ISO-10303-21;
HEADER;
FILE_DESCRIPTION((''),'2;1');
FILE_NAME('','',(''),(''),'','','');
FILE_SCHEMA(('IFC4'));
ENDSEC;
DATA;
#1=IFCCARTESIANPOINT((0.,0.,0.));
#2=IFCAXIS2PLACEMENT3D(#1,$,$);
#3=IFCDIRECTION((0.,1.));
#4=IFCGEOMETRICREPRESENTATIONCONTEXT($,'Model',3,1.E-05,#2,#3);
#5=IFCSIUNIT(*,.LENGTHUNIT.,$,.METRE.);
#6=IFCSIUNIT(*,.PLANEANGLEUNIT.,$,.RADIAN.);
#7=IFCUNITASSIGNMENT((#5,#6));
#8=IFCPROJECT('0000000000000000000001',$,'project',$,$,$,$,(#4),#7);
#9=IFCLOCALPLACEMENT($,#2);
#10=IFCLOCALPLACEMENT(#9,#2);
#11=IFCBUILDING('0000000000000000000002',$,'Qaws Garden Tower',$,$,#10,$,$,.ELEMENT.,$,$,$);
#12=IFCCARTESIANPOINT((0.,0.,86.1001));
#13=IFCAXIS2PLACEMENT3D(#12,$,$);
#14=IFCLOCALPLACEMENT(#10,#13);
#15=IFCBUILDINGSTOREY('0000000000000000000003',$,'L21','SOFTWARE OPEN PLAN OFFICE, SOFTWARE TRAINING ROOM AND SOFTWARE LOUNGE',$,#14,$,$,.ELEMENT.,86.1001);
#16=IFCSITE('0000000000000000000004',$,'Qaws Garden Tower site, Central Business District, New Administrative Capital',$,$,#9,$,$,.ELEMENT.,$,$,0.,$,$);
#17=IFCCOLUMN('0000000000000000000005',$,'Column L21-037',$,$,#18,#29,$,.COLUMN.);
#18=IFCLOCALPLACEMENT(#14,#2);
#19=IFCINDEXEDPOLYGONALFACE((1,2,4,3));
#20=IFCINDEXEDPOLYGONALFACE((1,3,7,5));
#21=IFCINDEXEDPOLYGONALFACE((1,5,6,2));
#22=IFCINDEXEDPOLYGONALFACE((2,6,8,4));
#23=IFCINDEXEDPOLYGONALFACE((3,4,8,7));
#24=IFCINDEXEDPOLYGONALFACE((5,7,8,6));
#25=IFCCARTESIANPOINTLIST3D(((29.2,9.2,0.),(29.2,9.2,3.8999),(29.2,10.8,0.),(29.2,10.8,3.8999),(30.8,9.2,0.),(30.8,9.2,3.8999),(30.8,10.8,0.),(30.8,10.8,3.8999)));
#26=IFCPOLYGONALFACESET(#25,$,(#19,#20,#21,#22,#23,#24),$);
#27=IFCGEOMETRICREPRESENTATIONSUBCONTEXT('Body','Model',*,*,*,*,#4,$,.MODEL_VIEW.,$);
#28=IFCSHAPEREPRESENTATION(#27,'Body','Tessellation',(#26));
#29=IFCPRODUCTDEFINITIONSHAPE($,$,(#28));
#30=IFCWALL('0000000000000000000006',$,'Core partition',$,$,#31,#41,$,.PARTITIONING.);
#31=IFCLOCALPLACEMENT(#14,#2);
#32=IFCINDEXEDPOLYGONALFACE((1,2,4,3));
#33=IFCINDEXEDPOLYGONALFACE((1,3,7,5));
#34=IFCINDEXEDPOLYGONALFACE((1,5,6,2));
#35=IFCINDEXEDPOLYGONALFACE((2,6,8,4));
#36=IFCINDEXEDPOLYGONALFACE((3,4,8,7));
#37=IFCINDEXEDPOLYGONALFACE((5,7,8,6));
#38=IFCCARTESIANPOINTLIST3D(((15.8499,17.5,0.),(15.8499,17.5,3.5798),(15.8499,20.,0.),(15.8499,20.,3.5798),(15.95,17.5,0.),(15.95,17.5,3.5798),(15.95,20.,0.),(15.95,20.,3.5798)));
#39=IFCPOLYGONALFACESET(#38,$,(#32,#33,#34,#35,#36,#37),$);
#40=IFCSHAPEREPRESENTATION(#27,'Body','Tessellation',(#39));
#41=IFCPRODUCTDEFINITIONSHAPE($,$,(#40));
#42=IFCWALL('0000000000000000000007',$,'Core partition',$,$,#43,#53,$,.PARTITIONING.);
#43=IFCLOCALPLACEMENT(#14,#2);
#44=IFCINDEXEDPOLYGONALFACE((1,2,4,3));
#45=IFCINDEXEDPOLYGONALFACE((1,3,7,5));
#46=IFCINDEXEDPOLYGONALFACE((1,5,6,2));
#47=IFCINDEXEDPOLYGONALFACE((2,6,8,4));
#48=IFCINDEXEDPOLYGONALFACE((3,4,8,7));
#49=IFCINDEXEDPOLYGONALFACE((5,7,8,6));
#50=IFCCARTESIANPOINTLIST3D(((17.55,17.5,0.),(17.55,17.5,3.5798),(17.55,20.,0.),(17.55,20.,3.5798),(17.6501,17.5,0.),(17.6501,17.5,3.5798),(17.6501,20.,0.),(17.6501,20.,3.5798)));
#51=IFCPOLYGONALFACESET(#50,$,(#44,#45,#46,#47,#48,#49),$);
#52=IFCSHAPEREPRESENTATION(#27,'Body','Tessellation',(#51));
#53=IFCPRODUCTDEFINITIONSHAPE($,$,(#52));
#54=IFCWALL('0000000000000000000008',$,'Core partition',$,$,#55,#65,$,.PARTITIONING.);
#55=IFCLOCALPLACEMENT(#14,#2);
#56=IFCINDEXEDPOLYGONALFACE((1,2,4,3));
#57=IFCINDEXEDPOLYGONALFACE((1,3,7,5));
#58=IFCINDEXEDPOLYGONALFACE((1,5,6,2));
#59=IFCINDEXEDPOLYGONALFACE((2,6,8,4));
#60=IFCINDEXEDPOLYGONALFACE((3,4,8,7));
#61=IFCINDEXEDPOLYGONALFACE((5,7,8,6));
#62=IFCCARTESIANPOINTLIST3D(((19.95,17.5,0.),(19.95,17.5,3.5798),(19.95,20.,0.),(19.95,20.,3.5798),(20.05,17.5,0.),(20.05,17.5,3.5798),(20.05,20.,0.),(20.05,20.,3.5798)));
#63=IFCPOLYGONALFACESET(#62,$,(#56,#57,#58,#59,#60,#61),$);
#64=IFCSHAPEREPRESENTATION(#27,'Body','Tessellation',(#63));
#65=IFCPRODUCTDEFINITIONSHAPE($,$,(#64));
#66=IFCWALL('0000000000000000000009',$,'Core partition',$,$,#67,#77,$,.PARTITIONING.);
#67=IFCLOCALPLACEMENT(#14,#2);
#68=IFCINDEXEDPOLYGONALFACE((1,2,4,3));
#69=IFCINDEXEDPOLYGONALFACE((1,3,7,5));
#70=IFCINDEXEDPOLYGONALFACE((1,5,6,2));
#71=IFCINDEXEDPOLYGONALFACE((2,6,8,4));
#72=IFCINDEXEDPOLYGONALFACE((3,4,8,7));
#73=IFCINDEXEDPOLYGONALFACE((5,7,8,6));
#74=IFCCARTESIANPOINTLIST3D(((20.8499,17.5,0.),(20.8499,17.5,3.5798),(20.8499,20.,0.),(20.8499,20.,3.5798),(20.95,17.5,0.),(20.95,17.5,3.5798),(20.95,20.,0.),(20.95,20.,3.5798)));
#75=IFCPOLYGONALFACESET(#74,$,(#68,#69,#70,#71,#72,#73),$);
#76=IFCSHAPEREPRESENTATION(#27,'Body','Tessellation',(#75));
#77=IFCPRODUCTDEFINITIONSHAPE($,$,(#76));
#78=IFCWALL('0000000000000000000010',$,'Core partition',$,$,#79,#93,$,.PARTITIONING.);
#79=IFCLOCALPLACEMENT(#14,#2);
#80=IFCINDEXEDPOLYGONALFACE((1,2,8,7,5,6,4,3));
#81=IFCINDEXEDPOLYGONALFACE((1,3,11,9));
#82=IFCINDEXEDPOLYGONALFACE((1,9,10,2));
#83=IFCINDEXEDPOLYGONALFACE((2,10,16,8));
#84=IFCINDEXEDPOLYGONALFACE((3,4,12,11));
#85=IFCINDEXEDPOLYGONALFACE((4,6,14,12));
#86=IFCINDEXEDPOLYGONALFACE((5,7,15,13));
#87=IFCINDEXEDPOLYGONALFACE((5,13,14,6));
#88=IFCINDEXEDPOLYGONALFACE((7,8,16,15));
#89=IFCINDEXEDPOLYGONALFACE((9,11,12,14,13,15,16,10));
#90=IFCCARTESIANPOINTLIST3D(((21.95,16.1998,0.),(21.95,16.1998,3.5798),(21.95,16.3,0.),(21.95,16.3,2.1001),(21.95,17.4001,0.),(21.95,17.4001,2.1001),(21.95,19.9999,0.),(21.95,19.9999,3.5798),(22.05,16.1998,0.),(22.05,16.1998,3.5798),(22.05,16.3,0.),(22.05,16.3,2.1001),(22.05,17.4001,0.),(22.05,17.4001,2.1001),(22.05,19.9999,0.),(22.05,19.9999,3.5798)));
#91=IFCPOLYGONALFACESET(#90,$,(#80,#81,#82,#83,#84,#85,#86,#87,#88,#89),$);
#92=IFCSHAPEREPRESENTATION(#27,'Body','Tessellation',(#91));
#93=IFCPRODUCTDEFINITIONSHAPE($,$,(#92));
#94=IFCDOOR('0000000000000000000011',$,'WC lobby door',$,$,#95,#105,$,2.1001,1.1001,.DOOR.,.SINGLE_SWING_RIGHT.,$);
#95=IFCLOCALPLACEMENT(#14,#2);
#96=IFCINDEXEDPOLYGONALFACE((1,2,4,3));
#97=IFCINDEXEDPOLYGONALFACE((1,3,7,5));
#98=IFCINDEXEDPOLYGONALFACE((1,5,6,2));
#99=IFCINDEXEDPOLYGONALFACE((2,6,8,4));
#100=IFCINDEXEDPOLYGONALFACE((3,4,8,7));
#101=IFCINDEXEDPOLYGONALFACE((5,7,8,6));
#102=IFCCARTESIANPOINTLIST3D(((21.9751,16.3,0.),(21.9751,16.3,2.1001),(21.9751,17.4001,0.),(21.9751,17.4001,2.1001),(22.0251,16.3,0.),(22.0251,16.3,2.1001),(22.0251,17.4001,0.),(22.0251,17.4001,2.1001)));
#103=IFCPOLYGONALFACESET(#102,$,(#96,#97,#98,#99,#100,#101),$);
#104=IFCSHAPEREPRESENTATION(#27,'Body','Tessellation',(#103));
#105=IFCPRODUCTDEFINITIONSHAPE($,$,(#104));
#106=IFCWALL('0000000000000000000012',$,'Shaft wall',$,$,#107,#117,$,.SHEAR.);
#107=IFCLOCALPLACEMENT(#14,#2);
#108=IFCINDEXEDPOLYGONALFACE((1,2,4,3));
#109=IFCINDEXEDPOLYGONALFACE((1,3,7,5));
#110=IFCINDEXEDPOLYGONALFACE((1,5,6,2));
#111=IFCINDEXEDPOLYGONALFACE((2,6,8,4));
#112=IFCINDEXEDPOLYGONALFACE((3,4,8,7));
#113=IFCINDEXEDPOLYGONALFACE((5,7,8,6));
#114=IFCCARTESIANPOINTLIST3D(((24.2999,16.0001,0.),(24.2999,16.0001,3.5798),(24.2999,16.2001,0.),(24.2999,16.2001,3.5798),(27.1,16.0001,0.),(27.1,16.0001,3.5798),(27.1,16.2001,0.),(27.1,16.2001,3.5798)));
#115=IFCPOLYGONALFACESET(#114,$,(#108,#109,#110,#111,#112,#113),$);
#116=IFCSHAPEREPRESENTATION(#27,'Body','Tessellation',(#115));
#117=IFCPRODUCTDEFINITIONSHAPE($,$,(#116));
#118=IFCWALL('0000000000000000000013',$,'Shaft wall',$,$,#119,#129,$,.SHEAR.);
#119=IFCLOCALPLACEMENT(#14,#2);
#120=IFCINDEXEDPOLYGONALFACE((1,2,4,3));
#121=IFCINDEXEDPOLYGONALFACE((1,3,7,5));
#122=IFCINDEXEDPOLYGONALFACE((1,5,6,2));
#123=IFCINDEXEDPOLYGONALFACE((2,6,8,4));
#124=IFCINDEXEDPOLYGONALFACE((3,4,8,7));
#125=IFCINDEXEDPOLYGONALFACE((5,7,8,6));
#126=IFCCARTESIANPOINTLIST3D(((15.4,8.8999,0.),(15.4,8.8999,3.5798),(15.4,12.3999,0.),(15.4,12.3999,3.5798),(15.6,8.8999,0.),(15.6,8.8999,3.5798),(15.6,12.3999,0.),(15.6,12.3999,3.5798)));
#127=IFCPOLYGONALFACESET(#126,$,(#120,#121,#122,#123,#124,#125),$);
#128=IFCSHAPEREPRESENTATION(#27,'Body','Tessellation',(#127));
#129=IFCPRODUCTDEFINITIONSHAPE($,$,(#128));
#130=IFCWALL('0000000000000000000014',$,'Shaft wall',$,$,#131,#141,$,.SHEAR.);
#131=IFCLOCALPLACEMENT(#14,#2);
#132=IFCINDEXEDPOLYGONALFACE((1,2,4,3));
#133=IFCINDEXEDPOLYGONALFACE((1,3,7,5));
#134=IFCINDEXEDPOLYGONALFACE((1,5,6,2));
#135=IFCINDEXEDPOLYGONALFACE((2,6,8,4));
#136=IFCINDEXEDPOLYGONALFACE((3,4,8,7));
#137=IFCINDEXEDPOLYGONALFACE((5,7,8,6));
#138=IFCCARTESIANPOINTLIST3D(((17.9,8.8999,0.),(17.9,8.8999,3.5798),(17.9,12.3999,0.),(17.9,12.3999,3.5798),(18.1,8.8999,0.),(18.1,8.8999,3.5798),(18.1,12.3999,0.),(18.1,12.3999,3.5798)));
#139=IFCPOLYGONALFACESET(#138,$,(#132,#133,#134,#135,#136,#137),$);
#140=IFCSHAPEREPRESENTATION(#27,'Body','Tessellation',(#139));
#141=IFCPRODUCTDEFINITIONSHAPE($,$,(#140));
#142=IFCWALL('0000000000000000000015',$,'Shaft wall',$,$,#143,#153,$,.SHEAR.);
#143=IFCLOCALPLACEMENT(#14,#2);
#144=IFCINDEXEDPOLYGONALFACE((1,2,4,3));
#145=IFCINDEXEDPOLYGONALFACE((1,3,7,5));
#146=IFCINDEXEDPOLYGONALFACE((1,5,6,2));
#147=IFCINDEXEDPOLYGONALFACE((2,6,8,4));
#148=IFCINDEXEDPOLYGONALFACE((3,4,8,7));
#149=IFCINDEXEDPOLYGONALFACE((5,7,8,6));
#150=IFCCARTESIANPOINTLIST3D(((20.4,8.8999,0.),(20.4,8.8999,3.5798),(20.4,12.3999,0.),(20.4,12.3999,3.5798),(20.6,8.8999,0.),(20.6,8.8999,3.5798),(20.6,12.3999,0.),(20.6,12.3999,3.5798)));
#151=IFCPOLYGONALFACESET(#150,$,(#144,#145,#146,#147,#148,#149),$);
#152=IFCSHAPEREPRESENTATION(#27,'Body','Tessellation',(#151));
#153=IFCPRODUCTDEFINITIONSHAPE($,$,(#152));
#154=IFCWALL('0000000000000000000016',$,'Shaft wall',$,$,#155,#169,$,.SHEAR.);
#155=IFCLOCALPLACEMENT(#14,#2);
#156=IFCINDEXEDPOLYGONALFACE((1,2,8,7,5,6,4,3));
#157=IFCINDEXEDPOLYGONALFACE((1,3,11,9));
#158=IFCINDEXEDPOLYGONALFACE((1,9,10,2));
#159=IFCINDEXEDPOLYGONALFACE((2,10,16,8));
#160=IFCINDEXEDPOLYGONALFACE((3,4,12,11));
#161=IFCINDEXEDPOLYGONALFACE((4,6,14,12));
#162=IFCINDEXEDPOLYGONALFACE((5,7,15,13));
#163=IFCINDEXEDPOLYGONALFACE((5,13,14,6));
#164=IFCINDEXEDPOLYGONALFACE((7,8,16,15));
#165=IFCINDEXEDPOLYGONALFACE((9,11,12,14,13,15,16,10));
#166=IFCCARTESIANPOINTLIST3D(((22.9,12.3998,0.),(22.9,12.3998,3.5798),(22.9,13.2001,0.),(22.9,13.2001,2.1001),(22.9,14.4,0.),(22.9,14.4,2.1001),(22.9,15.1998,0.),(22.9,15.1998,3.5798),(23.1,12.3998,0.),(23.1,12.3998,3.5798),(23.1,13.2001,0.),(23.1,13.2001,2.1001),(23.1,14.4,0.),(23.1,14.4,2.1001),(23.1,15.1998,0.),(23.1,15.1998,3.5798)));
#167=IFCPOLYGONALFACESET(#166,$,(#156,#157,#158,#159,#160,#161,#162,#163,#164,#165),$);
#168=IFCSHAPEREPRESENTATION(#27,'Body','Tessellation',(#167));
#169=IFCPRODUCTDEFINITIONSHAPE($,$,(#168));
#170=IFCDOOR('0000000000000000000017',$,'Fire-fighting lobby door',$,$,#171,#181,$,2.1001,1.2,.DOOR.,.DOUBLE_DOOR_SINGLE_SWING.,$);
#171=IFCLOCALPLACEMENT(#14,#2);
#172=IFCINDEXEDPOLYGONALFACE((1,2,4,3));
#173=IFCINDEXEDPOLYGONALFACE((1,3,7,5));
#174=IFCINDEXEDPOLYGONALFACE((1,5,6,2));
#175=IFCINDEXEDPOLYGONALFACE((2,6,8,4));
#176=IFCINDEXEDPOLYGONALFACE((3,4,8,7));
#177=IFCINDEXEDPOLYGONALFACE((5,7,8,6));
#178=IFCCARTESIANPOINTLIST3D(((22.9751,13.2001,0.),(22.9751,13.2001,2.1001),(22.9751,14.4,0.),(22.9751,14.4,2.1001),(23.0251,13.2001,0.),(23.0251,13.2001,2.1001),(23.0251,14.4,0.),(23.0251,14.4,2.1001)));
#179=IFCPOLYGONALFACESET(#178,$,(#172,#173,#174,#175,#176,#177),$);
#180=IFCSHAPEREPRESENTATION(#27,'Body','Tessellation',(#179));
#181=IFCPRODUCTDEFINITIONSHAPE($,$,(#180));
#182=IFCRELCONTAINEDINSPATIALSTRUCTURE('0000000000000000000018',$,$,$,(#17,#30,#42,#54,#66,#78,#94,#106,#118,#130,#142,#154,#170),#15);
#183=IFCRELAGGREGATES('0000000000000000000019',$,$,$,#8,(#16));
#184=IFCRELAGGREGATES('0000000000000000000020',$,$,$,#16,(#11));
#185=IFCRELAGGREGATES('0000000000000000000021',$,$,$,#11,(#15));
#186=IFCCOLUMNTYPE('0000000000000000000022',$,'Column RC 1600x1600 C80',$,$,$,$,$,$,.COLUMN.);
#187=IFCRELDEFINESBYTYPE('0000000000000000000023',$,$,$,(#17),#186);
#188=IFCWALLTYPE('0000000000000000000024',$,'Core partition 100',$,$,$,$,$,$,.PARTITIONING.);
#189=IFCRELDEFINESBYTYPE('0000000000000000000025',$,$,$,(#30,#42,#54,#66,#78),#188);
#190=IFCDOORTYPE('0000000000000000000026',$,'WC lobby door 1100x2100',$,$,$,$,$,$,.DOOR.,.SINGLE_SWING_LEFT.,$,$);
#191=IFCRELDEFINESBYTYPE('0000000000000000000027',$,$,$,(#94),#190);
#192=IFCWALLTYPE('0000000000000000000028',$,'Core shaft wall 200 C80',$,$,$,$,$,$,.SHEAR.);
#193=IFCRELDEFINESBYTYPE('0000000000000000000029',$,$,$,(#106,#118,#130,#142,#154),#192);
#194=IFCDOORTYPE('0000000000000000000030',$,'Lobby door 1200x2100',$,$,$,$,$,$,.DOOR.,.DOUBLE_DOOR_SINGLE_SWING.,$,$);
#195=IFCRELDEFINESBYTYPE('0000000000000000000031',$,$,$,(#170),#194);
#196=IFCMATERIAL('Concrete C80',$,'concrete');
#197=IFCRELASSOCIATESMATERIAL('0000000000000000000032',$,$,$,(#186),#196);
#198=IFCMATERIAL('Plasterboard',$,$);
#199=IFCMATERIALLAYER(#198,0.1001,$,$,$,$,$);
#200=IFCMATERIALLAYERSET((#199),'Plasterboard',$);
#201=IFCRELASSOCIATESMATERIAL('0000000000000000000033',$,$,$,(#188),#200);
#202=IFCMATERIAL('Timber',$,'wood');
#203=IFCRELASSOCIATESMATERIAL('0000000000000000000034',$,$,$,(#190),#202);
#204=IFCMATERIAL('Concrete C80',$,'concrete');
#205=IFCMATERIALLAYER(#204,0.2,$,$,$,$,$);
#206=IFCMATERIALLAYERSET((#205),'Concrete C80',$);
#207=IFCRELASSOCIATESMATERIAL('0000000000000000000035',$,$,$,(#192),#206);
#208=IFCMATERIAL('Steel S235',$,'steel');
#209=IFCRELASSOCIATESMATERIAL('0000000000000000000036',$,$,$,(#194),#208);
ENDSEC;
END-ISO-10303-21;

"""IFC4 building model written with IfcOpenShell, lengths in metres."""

from ifc_helpers import new_model, si_unit, direction, frame, frame_2d, origin, origin_2d, place, context, subcontext, project, spatial, rectangle, extrude, material, layer, layer_set, material_profile, profile_set, type_object, element, fill, save


model = new_model("IFC4")

# Units and contexts
model_context = context("Model", 3, precision=1e-05, world=origin(), true_north=direction((0.0, 1.0)))
body_context = subcontext(model_context, "Body", "Model", "MODEL_VIEW")
ifc_project = project(units=[si_unit("LENGTHUNIT", "METRE"), si_unit("PLANEANGLEUNIT", "RADIAN")], contexts=[model_context])

# Site, building, storey
site_placement = place(None, origin())
site = spatial("IfcSite", under=ifc_project, at=site_placement, Name="Qaws Garden Tower site, Central Business District, New Administrative Capital", CompositionType="ELEMENT", RefElevation=0.0)
building_placement = place(site_placement, origin())
building = spatial("IfcBuilding", under=site, at=building_placement, Name="Qaws Garden Tower", CompositionType="ELEMENT")
storey_placement = place(building_placement, frame((0.0, 0.0, 86.1001)))
storey = spatial("IfcBuildingStorey", under=building, at=storey_placement, Name="L21", Description="SOFTWARE OPEN PLAN OFFICE, SOFTWARE TRAINING ROOM AND SOFTWARE LOUNGE", CompositionType="ELEMENT", Elevation=86.1001)

# Column
ifc_material_1 = material(Name="Concrete C80", Category="concrete")
ifc_material_profile = material_profile(ifc_material_1, rectangle(XDim=1.6001, YDim=1.6001, at=origin_2d()), Name="RC 1600x1600")
ifc_profile_set = profile_set([ifc_material_profile], Name="Concrete C80")
column_type = type_object("IfcColumnType", Name="Column RC 1600x1600 C80", PredefinedType="COLUMN", material=ifc_profile_set)
column_placement = place(storey_placement, frame((30.0, 10.0, 0.0), z_axis=(0.0, 0.0, 1.0), x_axis=(1.0, 0.0, 0.0)))
element("IfcColumn", 1, at=column_placement, inside=storey, type_object=column_type, Name="Column L21-037", PredefinedType="COLUMN", context=body_context, shape_type="SweptSolid", body=[
    extrude(rectangle(XDim=1.6001, YDim=1.6001, at=origin_2d()), origin(), (0.0, 0.0, 1.0), 3.8999),
])

# Walls
ifc_material_2 = material(Name="Plasterboard")
ifc_layer_1 = layer(ifc_material_2, 0.1001)
ifc_layer_set_1 = layer_set([ifc_layer_1], Name="Plasterboard")
wall_type_1 = type_object("IfcWallType", Name="Core partition 100", PredefinedType="PARTITIONING", material=ifc_layer_set_1)
for number, where, z_axis, x_axis, name in (
    (2, (15.8999, 17.5, 0.0), (0.0, 0.0, 1.0), (0.0, 1.0, 0.0), "Core partition"),
    (3, (17.6001, 17.5, 0.0), (0.0, 0.0, 1.0), (0.0, 1.0, 0.0), "Core partition"),
    (4, (20.0, 17.5, 0.0), (0.0, 0.0, 1.0), (0.0, 1.0, 0.0), "Core partition"),
    (5, (20.8999, 17.5, 0.0), (0.0, 0.0, 1.0), (0.0, 1.0, 0.0), "Core partition"),
):
    element("IfcWall", number, at=place(storey_placement, frame(where, z_axis=z_axis, x_axis=x_axis)), inside=storey, type_object=wall_type_1, Name=name, PredefinedType="PARTITIONING", context=body_context, shape_type="SweptSolid", body=[
        extrude(rectangle(XDim=2.5, YDim=0.1001, at=frame_2d((1.25, 0.0))), origin(), (0.0, 0.0, 1.0), 3.5798),
    ])

# Wall, opening, door
wall_1_placement = place(storey_placement, frame((22.0, 16.2, 0.0), z_axis=(0.0, 0.0, 1.0), x_axis=(0.0, 1.0, 0.0)))
wall_1 = element("IfcWall", 6, at=wall_1_placement, inside=storey, type_object=wall_type_1, Name="Core partition", PredefinedType="PARTITIONING", context=body_context, shape_type="SweptSolid", body=[
    extrude(rectangle(XDim=3.8, YDim=0.1001, at=frame_2d((1.8999, 0.0))), origin(), (0.0, 0.0, 1.0), 3.5798),
])
opening_1_placement = place(wall_1_placement, frame((0.1001, 0.0, 0.0)))
opening_1 = element("IfcOpeningElement", 7, at=opening_1_placement, cuts=wall_1, PredefinedType="OPENING", context=body_context, shape_type="SweptSolid", body=[
    extrude(rectangle(XDim=1.1001, YDim=2.1001, at=frame_2d((0.55, 1.05))), frame((0.0, 0.0601, 0.0), z_axis=(0.0, -1.0, 0.0), x_axis=(1.0, 0.0, 0.0)), (0.0, 0.0, 1.0), 0.1201),
])
ifc_material_3 = material(Name="Timber", Category="wood")
door_type_1 = type_object("IfcDoorType", Name="WC lobby door 1100x2100", OperationType="SINGLE_SWING_LEFT", PredefinedType="DOOR", material=ifc_material_3)
door_1_placement = place(opening_1_placement, origin())
door_1 = element("IfcDoor", 8, at=door_1_placement, inside=storey, type_object=door_type_1, Name="WC lobby door", OperationType="SINGLE_SWING_RIGHT", OverallHeight=2.1001, OverallWidth=1.1001, PredefinedType="DOOR", context=body_context, shape_type="SweptSolid", body=[
    extrude(rectangle(XDim=1.1001, YDim=2.1001, at=frame_2d((0.55, 1.05))), frame((0.0, 0.0249, 0.0), z_axis=(0.0, -1.0, 0.0), x_axis=(1.0, 0.0, 0.0)), (0.0, 0.0, 1.0), 0.05),
])
fill(opening_1, door_1)

# Walls
ifc_material_4 = material(Name="Concrete C80", Category="concrete")
ifc_layer_2 = layer(ifc_material_4, 0.2)
ifc_layer_set_2 = layer_set([ifc_layer_2], Name="Concrete C80")
wall_type_2 = type_object("IfcWallType", Name="Core shaft wall 200 C80", PredefinedType="SHEAR", material=ifc_layer_set_2)
wall_2_placement = place(storey_placement, frame((24.3, 16.1001, 0.0), z_axis=(0.0, 0.0, 1.0), x_axis=(1.0, 0.0, 0.0)))
element("IfcWall", 9, at=wall_2_placement, inside=storey, type_object=wall_type_2, Name="Shaft wall", PredefinedType="SHEAR", context=body_context, shape_type="SweptSolid", body=[
    extrude(rectangle(XDim=2.8, YDim=0.2, at=frame_2d((1.3999, 0.0))), origin(), (0.0, 0.0, 1.0), 3.5798),
])
for number, where, z_axis, x_axis, name in (
    (10, (15.5, 8.8999, 0.0), (0.0, 0.0, 1.0), (0.0, 1.0, 0.0), "Shaft wall"),
    (11, (18.0, 8.8999, 0.0), (0.0, 0.0, 1.0), (0.0, 1.0, 0.0), "Shaft wall"),
    (12, (20.5, 8.8999, 0.0), (0.0, 0.0, 1.0), (0.0, 1.0, 0.0), "Shaft wall"),
):
    element("IfcWall", number, at=place(storey_placement, frame(where, z_axis=z_axis, x_axis=x_axis)), inside=storey, type_object=wall_type_2, Name=name, PredefinedType="SHEAR", context=body_context, shape_type="SweptSolid", body=[
        extrude(rectangle(XDim=3.5, YDim=0.2, at=frame_2d((1.75, 0.0))), origin(), (0.0, 0.0, 1.0), 3.5798),
    ])

# Wall, opening, door
wall_3_placement = place(storey_placement, frame((23.0, 12.3999, 0.0), z_axis=(0.0, 0.0, 1.0), x_axis=(0.0, 1.0, 0.0)))
wall_3 = element("IfcWall", 13, at=wall_3_placement, inside=storey, type_object=wall_type_2, Name="Shaft wall", PredefinedType="SHEAR", context=body_context, shape_type="SweptSolid", body=[
    extrude(rectangle(XDim=2.8, YDim=0.2, at=frame_2d((1.3999, 0.0))), origin(), (0.0, 0.0, 1.0), 3.5798),
])
opening_2_placement = place(wall_3_placement, frame((0.8, 0.0, 0.0)))
opening_2 = element("IfcOpeningElement", 14, at=opening_2_placement, cuts=wall_3, PredefinedType="OPENING", context=body_context, shape_type="SweptSolid", body=[
    extrude(rectangle(XDim=1.2, YDim=2.1001, at=frame_2d((0.6001, 1.05))), frame((0.0, 0.1099, 0.0), z_axis=(0.0, -1.0, 0.0), x_axis=(1.0, 0.0, 0.0)), (0.0, 0.0, 1.0), 0.22),
])
ifc_material_5 = material(Name="Steel S235", Category="steel")
door_type_2 = type_object("IfcDoorType", Name="Lobby door 1200x2100", OperationType="DOUBLE_DOOR_SINGLE_SWING", PredefinedType="DOOR", material=ifc_material_5)
door_2_placement = place(opening_2_placement, origin())
door_2 = element("IfcDoor", 15, at=door_2_placement, inside=storey, type_object=door_type_2, Name="Fire-fighting lobby door", OperationType="DOUBLE_DOOR_SINGLE_SWING", OverallHeight=2.1001, OverallWidth=1.2, PredefinedType="DOOR", context=body_context, shape_type="SweptSolid", body=[
    extrude(rectangle(XDim=1.2, YDim=2.1001, at=frame_2d((0.6001, 1.05))), frame((0.0, 0.0249, 0.0), z_axis=(0.0, -1.0, 0.0), x_axis=(1.0, 0.0, 0.0)), (0.0, 0.0, 1.0), 0.05),
])
fill(opening_2, door_2)

save(model, "model.ifc")
